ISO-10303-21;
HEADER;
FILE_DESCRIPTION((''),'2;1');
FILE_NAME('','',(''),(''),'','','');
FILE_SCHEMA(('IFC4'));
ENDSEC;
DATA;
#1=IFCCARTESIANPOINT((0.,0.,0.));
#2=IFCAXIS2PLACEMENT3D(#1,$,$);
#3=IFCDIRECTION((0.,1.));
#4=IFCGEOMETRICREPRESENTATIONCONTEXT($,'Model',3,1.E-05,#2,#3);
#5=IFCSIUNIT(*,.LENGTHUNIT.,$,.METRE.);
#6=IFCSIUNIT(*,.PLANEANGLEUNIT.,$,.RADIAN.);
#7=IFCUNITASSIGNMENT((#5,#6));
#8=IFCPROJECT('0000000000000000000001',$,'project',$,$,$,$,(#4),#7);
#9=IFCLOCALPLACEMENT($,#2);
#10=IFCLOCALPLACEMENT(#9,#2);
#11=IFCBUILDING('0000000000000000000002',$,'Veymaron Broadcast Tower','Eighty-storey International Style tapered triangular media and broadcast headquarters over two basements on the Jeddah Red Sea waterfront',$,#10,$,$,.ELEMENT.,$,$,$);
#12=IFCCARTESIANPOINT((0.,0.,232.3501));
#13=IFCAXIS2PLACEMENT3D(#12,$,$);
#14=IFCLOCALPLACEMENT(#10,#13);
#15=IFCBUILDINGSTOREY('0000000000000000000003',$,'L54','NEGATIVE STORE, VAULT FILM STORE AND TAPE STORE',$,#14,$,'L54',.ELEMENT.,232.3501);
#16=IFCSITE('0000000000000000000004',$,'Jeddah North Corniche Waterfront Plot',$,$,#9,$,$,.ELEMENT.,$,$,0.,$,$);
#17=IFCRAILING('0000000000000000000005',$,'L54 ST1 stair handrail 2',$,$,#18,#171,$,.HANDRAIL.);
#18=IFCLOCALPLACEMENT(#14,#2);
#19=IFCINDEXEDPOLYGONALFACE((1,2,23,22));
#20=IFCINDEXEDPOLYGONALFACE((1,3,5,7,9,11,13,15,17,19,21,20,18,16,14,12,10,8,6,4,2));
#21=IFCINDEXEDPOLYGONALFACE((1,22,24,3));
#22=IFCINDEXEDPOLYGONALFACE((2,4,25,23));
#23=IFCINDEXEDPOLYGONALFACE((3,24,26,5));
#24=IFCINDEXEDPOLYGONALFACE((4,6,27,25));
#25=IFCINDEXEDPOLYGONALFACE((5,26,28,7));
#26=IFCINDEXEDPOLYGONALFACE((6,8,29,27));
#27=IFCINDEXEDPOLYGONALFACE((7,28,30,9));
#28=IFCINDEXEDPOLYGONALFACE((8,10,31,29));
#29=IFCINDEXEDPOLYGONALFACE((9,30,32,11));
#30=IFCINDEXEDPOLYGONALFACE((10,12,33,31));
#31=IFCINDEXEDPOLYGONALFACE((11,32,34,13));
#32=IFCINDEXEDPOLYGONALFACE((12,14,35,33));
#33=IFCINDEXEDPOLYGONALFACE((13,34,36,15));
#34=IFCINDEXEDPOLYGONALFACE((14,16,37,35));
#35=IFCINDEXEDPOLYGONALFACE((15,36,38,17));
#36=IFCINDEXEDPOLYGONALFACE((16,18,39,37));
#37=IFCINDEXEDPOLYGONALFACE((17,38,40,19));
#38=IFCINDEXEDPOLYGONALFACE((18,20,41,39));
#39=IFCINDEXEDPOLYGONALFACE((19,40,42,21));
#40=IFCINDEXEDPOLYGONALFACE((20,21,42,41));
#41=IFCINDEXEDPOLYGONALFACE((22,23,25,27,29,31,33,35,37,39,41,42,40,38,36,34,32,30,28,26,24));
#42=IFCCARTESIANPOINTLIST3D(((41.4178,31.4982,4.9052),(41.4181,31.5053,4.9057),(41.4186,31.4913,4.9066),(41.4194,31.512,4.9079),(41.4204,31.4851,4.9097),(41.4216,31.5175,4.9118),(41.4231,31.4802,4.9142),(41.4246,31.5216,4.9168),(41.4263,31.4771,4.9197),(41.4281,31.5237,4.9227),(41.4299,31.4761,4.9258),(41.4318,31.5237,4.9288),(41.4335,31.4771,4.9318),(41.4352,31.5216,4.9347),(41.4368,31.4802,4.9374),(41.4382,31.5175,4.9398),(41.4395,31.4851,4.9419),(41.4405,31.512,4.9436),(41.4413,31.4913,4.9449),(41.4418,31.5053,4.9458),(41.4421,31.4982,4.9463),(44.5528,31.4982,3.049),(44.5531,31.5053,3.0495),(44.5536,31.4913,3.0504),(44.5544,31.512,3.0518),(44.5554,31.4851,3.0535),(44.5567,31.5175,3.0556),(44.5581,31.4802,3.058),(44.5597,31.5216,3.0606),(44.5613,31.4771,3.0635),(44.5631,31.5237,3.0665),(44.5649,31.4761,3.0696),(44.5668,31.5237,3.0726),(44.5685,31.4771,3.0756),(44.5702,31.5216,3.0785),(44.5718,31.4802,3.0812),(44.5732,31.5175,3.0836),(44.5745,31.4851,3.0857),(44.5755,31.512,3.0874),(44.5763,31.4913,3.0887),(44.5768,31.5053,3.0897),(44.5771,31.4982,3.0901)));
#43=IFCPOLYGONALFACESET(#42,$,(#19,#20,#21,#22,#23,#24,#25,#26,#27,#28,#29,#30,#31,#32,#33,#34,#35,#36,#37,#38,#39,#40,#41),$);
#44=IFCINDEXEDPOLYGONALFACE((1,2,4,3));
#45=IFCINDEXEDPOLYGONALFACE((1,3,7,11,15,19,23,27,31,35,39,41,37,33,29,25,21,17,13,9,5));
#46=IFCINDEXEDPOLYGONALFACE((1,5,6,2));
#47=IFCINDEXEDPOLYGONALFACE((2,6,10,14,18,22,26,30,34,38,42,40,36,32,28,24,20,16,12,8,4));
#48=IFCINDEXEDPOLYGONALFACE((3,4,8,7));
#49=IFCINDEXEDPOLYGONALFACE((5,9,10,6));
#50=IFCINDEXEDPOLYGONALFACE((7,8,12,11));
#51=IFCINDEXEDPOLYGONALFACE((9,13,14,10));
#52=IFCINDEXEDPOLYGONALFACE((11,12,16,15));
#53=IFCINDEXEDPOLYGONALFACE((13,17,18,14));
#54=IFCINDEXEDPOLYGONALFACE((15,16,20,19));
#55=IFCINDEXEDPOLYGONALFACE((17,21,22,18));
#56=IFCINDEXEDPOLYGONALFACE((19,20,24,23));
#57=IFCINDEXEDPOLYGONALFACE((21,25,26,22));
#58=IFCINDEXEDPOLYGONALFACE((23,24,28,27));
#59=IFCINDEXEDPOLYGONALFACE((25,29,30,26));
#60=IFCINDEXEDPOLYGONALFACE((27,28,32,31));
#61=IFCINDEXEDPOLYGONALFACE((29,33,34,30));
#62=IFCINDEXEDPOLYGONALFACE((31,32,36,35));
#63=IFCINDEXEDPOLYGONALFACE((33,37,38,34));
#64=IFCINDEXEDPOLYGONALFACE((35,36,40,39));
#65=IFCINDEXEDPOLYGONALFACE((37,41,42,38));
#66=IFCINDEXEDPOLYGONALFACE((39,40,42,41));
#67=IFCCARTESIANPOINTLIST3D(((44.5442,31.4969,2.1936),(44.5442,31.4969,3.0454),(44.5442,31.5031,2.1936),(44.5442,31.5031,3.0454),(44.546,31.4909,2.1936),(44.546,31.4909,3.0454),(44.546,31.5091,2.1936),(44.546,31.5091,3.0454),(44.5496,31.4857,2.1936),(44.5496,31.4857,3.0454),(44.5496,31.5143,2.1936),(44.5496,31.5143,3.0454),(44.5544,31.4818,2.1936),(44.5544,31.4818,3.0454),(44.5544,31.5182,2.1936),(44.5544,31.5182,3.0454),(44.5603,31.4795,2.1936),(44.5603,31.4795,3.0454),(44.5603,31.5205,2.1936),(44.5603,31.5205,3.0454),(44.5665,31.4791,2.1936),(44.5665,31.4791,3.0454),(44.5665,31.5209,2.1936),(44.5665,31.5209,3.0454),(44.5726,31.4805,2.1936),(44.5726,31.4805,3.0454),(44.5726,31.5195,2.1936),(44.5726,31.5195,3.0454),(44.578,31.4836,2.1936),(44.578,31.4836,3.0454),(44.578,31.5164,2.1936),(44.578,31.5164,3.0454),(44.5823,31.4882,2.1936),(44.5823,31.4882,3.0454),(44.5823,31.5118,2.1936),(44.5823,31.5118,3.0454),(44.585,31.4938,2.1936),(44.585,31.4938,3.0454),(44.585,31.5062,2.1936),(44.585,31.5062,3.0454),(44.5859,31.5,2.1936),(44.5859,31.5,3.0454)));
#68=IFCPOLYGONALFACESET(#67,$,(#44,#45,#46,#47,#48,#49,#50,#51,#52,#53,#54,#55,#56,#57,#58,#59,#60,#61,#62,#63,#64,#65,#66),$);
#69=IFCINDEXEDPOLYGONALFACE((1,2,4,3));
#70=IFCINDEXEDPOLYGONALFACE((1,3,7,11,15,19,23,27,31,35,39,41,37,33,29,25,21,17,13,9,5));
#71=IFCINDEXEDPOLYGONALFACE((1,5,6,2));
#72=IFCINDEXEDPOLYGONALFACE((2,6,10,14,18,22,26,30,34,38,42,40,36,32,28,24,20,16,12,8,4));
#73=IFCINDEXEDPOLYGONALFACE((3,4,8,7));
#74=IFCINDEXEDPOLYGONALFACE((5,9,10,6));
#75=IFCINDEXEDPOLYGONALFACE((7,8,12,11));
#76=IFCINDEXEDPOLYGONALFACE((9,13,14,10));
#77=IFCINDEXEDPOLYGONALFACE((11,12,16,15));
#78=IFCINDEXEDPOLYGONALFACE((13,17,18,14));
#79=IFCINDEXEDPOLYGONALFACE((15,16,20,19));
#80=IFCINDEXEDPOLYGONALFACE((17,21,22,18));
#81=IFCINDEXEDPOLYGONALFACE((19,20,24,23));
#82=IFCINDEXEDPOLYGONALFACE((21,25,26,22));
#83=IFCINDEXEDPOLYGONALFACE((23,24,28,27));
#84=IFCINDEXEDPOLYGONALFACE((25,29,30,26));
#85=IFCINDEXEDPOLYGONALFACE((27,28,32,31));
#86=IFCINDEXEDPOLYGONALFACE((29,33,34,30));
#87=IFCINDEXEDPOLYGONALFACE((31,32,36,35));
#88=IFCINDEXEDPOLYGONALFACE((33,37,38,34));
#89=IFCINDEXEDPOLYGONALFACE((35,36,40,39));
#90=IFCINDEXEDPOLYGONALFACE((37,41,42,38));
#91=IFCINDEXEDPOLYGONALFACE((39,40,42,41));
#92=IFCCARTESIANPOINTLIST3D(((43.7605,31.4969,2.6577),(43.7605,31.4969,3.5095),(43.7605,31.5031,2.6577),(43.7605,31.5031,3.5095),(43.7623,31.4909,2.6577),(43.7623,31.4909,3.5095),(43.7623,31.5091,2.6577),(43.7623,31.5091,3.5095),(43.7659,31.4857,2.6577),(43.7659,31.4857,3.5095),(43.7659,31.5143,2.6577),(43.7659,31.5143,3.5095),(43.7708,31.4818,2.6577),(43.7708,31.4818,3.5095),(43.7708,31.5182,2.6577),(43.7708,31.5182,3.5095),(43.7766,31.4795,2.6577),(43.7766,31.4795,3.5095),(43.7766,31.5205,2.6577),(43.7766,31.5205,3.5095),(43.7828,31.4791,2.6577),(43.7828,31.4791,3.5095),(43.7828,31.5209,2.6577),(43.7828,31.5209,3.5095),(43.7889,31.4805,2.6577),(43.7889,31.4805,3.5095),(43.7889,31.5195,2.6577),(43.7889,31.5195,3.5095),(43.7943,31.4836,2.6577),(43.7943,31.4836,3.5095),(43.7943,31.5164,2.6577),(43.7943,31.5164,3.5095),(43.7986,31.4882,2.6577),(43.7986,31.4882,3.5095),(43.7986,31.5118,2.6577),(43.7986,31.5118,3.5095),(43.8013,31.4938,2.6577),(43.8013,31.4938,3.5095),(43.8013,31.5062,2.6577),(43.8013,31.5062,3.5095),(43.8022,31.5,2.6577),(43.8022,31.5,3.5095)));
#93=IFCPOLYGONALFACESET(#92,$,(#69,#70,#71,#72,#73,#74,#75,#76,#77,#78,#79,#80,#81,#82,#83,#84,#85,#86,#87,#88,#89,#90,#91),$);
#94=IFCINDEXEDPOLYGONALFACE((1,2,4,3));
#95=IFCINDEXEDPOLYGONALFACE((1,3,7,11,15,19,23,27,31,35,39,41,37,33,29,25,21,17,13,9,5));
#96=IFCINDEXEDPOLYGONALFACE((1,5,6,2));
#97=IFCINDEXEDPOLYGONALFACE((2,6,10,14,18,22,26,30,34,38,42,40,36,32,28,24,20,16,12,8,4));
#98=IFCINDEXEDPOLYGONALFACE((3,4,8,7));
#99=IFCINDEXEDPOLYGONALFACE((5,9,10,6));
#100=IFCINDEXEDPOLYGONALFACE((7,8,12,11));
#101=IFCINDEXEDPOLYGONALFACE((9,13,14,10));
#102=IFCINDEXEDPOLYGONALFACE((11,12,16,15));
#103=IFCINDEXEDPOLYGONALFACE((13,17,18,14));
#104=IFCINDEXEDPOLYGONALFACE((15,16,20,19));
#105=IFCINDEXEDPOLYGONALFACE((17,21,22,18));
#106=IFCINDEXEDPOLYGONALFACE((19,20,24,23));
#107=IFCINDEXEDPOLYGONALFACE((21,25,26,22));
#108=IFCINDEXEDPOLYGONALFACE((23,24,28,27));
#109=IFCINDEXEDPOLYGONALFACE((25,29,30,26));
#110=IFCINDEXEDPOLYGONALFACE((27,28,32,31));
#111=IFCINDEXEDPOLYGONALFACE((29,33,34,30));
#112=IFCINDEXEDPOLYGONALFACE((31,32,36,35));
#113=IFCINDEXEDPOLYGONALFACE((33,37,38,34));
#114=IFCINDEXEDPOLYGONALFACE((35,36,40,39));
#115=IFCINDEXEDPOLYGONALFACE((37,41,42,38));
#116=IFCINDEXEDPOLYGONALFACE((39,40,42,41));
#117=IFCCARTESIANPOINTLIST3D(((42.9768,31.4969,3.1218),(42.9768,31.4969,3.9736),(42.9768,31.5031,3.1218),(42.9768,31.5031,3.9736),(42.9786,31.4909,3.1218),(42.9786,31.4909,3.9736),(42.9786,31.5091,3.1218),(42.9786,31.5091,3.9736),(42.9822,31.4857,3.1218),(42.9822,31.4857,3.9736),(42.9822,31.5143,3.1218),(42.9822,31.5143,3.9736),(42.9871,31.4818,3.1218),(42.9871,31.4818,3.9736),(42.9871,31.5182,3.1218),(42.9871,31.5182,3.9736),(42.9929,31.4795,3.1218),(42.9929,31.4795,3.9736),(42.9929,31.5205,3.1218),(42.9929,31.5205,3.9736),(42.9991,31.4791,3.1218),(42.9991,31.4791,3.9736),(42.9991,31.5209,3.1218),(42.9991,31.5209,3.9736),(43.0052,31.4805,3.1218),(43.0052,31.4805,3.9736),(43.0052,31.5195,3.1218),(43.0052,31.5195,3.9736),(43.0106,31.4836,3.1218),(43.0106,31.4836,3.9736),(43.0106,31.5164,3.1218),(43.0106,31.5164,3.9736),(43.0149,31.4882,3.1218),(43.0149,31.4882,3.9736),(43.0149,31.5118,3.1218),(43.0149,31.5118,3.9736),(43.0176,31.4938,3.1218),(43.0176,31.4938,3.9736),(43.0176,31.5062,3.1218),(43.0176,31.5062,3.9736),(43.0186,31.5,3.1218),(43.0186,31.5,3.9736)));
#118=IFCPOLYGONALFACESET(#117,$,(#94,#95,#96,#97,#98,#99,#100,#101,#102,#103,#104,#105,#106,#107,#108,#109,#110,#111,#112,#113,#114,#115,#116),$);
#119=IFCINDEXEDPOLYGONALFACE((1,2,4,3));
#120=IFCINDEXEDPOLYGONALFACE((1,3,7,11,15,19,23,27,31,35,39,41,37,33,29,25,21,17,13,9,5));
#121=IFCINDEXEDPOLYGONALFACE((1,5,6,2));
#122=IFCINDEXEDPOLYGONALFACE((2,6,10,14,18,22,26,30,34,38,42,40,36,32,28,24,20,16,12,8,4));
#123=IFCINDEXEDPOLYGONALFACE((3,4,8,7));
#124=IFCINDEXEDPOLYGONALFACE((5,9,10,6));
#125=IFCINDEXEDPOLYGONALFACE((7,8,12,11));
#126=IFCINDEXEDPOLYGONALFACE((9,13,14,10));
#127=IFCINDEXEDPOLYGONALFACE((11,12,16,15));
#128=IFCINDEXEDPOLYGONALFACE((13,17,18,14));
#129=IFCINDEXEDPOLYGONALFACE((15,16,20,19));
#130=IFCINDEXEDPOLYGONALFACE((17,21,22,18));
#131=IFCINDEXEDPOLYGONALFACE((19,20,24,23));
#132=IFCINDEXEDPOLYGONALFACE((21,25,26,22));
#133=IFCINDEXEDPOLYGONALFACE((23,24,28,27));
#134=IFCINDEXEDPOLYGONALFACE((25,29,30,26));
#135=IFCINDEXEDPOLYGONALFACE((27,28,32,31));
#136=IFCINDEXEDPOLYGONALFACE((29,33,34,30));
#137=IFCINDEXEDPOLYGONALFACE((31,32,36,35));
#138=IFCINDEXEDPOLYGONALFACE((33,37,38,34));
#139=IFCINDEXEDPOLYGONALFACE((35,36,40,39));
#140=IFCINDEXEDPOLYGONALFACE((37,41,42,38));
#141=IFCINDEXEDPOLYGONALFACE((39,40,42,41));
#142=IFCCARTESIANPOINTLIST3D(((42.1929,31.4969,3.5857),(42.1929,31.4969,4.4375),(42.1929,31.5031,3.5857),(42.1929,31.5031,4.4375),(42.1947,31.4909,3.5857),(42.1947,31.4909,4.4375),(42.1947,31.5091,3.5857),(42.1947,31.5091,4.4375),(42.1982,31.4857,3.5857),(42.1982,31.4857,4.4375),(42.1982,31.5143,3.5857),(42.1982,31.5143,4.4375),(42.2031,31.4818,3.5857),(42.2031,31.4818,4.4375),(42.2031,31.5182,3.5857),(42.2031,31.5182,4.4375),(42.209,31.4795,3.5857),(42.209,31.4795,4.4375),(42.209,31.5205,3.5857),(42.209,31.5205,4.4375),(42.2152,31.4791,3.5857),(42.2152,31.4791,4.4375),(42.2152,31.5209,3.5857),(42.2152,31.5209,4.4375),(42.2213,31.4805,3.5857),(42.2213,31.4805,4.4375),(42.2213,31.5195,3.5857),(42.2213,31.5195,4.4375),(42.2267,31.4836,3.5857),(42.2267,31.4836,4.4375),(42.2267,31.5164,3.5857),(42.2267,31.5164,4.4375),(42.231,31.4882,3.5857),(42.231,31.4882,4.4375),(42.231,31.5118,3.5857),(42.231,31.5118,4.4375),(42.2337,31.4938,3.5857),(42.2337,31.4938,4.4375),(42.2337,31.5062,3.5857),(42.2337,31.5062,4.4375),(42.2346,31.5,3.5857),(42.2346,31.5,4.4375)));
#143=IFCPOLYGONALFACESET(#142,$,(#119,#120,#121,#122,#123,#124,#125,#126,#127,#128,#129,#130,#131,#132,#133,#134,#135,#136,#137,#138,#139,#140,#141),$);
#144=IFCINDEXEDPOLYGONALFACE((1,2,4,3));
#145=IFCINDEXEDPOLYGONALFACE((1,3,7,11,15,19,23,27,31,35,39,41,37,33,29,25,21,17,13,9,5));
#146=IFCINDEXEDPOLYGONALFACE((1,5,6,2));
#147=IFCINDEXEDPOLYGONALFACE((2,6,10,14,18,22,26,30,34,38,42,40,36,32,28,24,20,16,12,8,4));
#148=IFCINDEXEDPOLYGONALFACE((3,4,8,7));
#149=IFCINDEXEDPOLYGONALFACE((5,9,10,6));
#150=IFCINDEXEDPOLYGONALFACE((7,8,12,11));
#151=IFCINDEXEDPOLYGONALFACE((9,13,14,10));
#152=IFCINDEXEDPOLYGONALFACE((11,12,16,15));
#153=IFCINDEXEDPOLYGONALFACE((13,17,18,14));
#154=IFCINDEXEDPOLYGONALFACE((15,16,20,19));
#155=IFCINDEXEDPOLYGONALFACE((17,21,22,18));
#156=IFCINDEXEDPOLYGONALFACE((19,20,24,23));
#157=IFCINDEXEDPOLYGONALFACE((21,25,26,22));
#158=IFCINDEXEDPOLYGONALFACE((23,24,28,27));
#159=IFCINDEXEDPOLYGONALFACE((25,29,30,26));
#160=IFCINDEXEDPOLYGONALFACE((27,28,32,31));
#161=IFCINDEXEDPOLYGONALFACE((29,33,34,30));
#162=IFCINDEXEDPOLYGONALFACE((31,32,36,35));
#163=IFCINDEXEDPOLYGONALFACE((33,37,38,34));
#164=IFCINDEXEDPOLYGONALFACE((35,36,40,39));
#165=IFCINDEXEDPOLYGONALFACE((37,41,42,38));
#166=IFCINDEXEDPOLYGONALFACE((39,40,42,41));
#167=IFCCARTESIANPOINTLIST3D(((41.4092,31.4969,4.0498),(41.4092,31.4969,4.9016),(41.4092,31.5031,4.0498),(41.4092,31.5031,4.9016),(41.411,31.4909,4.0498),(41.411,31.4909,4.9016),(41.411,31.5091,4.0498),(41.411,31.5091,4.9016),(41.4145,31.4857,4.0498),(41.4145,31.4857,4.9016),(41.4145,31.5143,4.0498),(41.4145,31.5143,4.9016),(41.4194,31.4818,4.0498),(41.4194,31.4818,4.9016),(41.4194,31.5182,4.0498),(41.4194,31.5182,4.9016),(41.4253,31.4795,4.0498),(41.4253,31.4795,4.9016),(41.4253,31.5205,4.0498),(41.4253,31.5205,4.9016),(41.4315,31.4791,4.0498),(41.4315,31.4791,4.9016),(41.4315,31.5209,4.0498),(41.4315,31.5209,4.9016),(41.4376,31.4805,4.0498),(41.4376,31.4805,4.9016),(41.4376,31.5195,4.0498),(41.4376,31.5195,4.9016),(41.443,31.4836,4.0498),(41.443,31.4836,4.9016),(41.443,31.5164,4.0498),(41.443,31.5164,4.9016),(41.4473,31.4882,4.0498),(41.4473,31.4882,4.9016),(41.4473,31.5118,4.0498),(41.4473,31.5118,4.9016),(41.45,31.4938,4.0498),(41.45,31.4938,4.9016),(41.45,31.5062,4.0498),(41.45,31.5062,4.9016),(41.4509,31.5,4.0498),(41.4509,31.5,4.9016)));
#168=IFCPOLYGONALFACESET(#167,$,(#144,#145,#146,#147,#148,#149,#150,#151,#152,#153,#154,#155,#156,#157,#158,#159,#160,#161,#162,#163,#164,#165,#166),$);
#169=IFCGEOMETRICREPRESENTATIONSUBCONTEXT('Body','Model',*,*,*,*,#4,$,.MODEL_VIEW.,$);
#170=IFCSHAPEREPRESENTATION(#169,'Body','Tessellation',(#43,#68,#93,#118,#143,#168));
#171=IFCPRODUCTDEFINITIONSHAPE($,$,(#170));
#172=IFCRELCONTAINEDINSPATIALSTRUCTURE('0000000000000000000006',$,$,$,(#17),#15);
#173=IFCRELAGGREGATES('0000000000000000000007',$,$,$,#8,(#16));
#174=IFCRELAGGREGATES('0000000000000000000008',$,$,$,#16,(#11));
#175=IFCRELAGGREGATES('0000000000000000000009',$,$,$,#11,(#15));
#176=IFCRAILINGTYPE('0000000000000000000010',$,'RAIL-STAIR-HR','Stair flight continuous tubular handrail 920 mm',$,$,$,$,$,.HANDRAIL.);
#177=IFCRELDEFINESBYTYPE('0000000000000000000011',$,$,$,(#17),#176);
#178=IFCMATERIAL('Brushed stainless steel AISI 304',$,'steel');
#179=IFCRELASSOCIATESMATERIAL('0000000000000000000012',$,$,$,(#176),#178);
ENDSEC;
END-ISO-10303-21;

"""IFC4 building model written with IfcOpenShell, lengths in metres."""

from ifc_helpers import new_model, si_unit, direction, frame, origin, origin_2d, place, context, subcontext, project, spatial, circle, extrude, material, type_object, element, save


model = new_model("IFC4")

# Units and contexts
model_context = context("Model", 3, precision=1e-05, world=origin(), true_north=direction((0.0, 1.0)))
body_context = subcontext(model_context, "Body", "Model", "MODEL_VIEW")
ifc_project = project(units=[si_unit("LENGTHUNIT", "METRE"), si_unit("PLANEANGLEUNIT", "RADIAN")], contexts=[model_context])

# Site, building, storey
site_placement = place(None, origin())
site = spatial("IfcSite", under=ifc_project, at=site_placement, Name="Jeddah North Corniche Waterfront Plot", CompositionType="ELEMENT", RefElevation=0.0)
building_placement = place(site_placement, origin())
building = spatial("IfcBuilding", under=site, at=building_placement, Name="Veymaron Broadcast Tower", Description="Eighty-storey International Style tapered triangular media and broadcast headquarters over two basements on the Jeddah Red Sea waterfront", CompositionType="ELEMENT")
storey_placement = place(building_placement, frame((0.0, 0.0, 232.3501)))
storey = spatial("IfcBuildingStorey", under=building, at=storey_placement, Name="L54", Description="NEGATIVE STORE, VAULT FILM STORE AND TAPE STORE", LongName="L54", CompositionType="ELEMENT", Elevation=232.3501)

# Shared definitions
ifc_material_1 = material(Name="Brushed stainless steel AISI 304", Category="steel")

# Railing
railing_type_1 = type_object("IfcRailingType", Name="RAIL-STAIR-HR", Description="Stair flight continuous tubular handrail 920 mm", PredefinedType="HANDRAIL", material=ifc_material_1)
railing_1_placement = place(storey_placement, frame((44.5649, 31.5, 2.1936)))
element("IfcRailing", 1, at=railing_1_placement, inside=storey, type_object=railing_type_1, Name="L54 ST1 stair handrail 2", PredefinedType="HANDRAIL", context=body_context, shape_type="SweptSolid", body=[
    extrude(circle(Radius=0.0239, at=origin_2d()), frame((0.0, 0.0, 0.876), z_axis=(-0.860482, 0.0, 0.509481), x_axis=(0.0, -1.0, 0.0)), (0.0, 0.0, 1.0), 3.6433),
    extrude(circle(Radius=0.021, at=origin_2d()), origin(), (0.0, 0.0, 1.0), 0.8518),
    extrude(circle(Radius=0.021, at=origin_2d()), frame((-0.7837, 0.0, 0.4641)), (0.0, 0.0, 1.0), 0.8518),
    extrude(circle(Radius=0.021, at=origin_2d()), frame((-1.5674, 0.0, 0.9282)), (0.0, 0.0, 1.0), 0.8518),
    extrude(circle(Radius=0.021, at=origin_2d()), frame((-2.3513, 0.0, 1.3921)), (0.0, 0.0, 1.0), 0.8518),
    extrude(circle(Radius=0.021, at=origin_2d()), frame((-3.135, 0.0, 1.8562)), (0.0, 0.0, 1.0), 0.8518),
])

save(model, "model.ifc")
